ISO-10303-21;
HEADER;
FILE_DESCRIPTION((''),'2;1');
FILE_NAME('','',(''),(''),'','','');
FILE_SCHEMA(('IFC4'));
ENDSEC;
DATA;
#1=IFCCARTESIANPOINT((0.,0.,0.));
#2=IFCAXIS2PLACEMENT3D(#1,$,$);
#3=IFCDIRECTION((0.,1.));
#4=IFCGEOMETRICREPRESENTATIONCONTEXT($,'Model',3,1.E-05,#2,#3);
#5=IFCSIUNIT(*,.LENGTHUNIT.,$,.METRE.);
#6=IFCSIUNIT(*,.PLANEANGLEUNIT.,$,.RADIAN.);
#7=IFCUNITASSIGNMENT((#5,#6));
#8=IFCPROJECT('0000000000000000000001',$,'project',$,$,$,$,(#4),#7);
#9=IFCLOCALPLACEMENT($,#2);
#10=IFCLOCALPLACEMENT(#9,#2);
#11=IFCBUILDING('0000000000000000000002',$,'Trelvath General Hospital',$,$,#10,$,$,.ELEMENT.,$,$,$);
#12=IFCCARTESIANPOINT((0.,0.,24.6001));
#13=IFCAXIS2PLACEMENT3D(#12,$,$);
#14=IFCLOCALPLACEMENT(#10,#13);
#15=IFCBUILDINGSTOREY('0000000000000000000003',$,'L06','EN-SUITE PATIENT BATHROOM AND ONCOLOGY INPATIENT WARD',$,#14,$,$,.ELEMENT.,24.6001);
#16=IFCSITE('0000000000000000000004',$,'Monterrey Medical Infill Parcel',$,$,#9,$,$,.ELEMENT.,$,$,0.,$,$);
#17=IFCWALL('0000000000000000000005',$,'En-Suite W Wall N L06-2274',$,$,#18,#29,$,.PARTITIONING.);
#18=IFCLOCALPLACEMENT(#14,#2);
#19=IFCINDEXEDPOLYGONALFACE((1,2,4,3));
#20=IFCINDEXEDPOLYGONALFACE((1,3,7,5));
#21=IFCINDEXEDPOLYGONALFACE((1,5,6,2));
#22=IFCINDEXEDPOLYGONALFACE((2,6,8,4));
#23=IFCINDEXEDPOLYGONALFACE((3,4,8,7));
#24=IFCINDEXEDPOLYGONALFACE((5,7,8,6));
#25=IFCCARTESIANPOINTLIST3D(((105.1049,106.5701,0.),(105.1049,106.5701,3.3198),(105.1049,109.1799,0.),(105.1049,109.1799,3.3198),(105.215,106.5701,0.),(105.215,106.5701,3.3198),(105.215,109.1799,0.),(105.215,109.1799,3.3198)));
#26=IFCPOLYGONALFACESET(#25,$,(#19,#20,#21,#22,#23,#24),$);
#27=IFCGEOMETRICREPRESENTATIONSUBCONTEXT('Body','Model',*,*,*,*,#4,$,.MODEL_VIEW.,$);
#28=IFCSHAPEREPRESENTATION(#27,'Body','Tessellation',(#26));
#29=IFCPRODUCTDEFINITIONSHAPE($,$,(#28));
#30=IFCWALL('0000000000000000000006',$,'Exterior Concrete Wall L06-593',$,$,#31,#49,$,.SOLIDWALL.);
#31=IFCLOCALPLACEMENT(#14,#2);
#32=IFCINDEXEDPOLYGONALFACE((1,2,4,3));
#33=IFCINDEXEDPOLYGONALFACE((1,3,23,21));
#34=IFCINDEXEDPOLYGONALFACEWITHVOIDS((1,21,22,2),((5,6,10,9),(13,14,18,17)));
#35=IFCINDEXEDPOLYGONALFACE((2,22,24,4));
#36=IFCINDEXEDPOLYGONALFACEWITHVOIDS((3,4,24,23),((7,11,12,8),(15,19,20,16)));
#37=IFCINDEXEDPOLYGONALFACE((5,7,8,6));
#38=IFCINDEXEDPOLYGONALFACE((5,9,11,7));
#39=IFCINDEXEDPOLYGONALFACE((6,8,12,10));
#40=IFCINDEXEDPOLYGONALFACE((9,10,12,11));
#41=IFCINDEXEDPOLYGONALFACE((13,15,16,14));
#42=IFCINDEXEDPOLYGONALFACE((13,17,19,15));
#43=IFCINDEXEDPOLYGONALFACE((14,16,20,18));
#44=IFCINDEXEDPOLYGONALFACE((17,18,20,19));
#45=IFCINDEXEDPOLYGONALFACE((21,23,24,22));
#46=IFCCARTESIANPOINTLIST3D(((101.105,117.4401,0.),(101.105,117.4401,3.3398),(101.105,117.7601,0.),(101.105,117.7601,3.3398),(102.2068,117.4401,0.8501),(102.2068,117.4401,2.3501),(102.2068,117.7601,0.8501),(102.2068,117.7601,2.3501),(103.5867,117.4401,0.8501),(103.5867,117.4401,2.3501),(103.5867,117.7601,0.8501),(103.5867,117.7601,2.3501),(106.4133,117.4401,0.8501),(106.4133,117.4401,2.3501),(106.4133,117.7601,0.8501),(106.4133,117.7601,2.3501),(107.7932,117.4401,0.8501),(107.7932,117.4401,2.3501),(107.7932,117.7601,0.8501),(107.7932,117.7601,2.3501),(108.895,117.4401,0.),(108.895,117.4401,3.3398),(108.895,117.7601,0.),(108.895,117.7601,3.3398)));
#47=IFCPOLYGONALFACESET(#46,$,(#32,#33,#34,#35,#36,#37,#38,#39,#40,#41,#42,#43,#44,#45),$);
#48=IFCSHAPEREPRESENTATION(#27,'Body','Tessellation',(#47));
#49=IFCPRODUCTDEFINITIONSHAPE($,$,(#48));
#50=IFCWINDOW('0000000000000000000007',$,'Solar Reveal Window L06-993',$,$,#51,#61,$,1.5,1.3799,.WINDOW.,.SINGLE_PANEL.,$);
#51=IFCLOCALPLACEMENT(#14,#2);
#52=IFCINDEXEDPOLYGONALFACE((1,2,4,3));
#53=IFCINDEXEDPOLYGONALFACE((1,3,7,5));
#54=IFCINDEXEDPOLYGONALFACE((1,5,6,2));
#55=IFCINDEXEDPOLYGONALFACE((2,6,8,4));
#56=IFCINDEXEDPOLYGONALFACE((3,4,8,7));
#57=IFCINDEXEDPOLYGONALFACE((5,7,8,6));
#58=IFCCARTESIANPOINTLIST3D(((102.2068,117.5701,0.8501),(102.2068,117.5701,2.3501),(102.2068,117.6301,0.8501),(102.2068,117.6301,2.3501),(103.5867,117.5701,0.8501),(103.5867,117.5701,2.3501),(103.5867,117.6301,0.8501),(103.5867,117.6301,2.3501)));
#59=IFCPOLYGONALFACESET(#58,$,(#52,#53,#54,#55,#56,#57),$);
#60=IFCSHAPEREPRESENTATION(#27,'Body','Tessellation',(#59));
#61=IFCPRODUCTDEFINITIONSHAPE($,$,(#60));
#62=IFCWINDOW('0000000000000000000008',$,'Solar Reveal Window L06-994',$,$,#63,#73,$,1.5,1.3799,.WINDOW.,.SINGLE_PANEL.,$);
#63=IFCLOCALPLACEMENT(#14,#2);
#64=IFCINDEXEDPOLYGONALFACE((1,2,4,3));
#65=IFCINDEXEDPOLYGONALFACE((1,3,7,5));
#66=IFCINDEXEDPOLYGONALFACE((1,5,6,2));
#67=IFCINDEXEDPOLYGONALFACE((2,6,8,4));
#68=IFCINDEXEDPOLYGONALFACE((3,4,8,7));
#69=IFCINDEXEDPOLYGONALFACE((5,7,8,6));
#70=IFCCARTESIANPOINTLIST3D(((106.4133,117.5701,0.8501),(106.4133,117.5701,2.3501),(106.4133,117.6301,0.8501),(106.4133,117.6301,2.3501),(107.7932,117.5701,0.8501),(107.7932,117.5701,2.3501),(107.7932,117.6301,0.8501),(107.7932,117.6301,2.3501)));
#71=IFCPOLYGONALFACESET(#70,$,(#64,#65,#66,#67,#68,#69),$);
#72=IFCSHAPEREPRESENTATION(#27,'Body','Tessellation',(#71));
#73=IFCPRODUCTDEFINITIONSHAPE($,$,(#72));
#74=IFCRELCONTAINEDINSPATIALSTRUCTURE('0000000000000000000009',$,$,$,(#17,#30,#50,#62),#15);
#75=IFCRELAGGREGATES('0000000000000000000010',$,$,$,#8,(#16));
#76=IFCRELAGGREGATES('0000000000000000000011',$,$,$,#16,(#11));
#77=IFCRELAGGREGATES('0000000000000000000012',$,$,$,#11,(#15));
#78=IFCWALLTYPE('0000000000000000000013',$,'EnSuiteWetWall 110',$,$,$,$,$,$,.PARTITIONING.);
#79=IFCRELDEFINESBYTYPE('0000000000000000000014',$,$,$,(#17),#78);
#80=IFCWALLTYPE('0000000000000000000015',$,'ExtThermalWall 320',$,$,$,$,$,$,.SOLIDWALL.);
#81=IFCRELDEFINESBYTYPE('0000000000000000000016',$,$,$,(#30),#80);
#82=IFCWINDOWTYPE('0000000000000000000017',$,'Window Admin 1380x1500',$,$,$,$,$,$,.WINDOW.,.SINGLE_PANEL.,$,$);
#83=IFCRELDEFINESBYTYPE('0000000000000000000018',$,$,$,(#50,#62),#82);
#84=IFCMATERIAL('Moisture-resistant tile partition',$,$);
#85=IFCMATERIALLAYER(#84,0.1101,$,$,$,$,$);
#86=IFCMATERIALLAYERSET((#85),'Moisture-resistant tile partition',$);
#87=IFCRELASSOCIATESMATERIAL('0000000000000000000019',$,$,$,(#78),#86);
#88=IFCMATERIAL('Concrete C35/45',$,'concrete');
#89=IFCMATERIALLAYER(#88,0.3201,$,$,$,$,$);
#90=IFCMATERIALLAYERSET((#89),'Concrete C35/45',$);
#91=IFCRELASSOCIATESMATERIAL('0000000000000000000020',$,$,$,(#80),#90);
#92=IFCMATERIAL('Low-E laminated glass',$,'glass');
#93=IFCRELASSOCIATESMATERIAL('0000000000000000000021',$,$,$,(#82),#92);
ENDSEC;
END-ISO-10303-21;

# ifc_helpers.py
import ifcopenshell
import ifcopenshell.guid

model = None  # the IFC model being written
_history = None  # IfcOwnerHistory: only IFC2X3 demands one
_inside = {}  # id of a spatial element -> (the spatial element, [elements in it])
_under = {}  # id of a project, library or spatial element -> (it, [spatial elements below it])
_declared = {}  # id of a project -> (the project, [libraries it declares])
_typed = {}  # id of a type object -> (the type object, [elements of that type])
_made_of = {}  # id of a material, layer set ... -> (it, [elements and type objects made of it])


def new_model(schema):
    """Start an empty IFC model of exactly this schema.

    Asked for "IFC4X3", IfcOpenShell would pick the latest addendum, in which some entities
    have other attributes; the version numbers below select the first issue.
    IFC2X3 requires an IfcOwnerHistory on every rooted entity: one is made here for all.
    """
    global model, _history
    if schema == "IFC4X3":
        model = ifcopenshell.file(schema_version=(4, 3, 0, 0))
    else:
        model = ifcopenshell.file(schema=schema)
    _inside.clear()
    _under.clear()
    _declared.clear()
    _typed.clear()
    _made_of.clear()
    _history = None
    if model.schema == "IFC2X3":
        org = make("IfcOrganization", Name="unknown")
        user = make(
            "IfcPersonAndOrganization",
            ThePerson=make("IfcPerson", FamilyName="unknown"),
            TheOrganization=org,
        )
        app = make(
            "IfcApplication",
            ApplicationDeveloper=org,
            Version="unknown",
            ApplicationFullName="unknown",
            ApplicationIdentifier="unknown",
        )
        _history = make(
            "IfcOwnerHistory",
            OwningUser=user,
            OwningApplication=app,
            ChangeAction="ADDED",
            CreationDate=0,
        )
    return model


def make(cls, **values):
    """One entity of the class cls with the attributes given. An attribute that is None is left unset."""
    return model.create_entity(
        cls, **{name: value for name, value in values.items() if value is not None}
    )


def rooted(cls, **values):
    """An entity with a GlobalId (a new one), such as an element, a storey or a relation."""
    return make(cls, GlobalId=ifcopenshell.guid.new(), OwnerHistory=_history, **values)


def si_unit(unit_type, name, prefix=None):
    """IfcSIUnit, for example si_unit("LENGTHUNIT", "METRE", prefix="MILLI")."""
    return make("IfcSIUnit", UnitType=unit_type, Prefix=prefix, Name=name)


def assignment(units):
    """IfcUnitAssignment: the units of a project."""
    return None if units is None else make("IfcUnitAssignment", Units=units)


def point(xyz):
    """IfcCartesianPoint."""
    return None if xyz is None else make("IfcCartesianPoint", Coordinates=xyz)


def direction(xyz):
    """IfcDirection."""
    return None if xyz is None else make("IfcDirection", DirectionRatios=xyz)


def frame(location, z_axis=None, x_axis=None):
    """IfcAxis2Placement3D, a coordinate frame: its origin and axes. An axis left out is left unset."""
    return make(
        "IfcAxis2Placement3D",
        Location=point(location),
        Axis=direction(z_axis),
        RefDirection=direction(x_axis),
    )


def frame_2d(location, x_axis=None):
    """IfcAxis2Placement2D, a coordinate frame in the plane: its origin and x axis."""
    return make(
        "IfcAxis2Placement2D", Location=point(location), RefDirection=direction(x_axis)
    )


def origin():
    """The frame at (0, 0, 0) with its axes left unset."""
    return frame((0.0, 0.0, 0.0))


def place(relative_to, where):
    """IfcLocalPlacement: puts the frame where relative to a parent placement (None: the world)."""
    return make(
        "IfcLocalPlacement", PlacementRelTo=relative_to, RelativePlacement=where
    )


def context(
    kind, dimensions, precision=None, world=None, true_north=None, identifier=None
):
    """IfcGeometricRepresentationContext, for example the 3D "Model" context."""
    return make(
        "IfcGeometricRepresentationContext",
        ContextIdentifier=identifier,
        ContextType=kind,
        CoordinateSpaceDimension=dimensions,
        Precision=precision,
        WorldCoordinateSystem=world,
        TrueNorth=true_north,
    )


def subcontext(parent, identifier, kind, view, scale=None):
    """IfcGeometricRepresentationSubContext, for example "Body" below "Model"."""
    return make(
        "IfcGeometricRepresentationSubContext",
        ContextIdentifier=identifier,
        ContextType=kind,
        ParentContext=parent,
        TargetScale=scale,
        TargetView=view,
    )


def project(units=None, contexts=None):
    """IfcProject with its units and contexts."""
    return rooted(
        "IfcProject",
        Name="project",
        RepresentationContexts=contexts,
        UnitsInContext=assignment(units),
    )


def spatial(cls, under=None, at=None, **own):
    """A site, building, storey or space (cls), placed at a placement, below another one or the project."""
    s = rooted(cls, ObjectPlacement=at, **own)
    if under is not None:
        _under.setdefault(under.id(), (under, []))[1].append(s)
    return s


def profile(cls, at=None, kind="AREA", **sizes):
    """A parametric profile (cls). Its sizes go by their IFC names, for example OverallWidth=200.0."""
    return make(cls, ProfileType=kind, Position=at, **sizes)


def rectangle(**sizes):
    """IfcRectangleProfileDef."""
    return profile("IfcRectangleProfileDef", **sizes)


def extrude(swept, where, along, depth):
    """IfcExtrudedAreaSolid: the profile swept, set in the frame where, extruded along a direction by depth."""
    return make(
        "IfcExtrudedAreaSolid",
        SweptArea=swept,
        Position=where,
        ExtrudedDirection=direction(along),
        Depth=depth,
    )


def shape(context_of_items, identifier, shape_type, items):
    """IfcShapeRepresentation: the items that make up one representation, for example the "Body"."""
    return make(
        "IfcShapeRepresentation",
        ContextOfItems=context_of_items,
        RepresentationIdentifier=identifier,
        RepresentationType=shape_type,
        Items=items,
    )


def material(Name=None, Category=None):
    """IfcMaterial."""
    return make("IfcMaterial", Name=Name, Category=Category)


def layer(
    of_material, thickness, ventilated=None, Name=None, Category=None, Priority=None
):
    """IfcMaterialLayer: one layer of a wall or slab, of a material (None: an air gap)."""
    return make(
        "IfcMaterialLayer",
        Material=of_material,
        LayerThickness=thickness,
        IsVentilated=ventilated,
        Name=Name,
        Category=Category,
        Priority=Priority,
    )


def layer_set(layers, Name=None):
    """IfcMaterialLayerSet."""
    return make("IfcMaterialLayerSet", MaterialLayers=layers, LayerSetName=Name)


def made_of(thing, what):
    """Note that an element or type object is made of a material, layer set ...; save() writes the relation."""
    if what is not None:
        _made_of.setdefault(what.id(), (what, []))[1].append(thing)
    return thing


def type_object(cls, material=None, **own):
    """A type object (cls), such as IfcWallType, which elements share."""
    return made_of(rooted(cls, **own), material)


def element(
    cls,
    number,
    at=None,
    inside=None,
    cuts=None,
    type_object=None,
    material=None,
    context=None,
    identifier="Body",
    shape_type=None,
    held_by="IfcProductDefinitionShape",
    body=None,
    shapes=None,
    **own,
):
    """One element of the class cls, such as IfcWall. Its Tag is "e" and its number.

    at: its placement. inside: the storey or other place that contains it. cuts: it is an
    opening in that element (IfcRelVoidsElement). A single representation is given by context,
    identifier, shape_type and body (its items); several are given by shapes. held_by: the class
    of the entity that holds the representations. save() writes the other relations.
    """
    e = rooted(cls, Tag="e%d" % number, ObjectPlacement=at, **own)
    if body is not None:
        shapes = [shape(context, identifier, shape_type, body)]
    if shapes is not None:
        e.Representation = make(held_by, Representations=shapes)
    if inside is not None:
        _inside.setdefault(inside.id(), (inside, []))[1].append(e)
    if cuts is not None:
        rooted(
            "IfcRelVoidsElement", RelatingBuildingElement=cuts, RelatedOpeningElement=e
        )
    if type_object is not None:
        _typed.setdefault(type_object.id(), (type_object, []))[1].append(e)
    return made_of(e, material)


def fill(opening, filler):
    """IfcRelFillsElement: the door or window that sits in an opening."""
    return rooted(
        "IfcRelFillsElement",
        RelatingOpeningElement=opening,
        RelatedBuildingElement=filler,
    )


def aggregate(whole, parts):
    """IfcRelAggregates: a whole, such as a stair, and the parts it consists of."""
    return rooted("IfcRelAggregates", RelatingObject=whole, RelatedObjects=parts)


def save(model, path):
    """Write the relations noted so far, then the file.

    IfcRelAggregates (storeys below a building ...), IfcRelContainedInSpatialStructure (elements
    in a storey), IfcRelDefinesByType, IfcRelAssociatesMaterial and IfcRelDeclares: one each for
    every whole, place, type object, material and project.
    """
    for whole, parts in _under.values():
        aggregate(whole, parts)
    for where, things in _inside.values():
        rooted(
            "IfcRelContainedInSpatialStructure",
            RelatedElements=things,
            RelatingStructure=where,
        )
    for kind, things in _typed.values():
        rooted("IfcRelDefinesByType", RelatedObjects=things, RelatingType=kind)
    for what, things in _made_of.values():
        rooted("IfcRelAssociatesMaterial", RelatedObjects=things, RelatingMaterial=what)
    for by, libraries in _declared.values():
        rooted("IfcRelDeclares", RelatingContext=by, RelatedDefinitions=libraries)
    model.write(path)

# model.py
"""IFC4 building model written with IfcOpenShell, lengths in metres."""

from ifc_helpers import new_model, si_unit, direction, frame, frame_2d, origin, place, context, subcontext, project, spatial, rectangle, extrude, material, layer, layer_set, type_object, element, fill, save


model = new_model("IFC4")

# Units and contexts
model_context = context("Model", 3, precision=1e-05, world=origin(), true_north=direction((0.0, 1.0)))
body_context = subcontext(model_context, "Body", "Model", "MODEL_VIEW")
ifc_project = project(units=[si_unit("LENGTHUNIT", "METRE"), si_unit("PLANEANGLEUNIT", "RADIAN")], contexts=[model_context])

# Site, building, storey
site_placement = place(None, origin())
site = spatial("IfcSite", under=ifc_project, at=site_placement, Name="Monterrey Medical Infill Parcel", CompositionType="ELEMENT", RefElevation=0.0)
building_placement = place(site_placement, origin())
building = spatial("IfcBuilding", under=site, at=building_placement, Name="Trelvath General Hospital", CompositionType="ELEMENT")
storey_placement = place(building_placement, frame((0.0, 0.0, 24.6001)))
storey = spatial("IfcBuildingStorey", under=building, at=storey_placement, Name="L06", Description="EN-SUITE PATIENT BATHROOM AND ONCOLOGY INPATIENT WARD", CompositionType="ELEMENT", Elevation=24.6001)

# Shared definitions
ifc_material_1 = material(Name="Moisture-resistant tile partition")
ifc_layer_1 = layer(ifc_material_1, 0.1101)
ifc_layer_set_1 = layer_set([ifc_layer_1], Name="Moisture-resistant tile partition")
wall_type_1 = type_object("IfcWallType", Name="EnSuiteWetWall 110", PredefinedType="PARTITIONING", material=ifc_layer_set_1)

# Wall
wall_1_placement = place(storey_placement, frame((105.1599, 106.5701, 0.0), z_axis=(0.0, 0.0, 1.0), x_axis=(0.0, 1.0, 0.0)))
element("IfcWall", 1, at=wall_1_placement, inside=storey, type_object=wall_type_1, Name="En-Suite W Wall N L06-2274", PredefinedType="PARTITIONING", context=body_context, shape_type="SweptSolid", body=[
    extrude(rectangle(XDim=2.6099, YDim=0.1101, at=frame_2d((1.3049, 0.0))), origin(), (0.0, 0.0, 1.0), 3.3198),
])

# Wall, openings, windows
ifc_material_2 = material(Name="Concrete C35/45", Category="concrete")
ifc_layer_2 = layer(ifc_material_2, 0.3201)
ifc_layer_set_2 = layer_set([ifc_layer_2], Name="Concrete C35/45")
wall_type_2 = type_object("IfcWallType", Name="ExtThermalWall 320", PredefinedType="SOLIDWALL", material=ifc_layer_set_2)
wall_2_placement = place(storey_placement, frame((101.105, 117.6001, 0.0), z_axis=(0.0, 0.0, 1.0), x_axis=(1.0, 0.0, 0.0)))
wall_2 = element("IfcWall", 2, at=wall_2_placement, inside=storey, type_object=wall_type_2, Name="Exterior Concrete Wall L06-593", PredefinedType="SOLIDWALL", context=body_context, shape_type="SweptSolid", body=[
    extrude(rectangle(XDim=7.79, YDim=0.3201, at=frame_2d((3.895, 0.0))), origin(), (0.0, 0.0, 1.0), 3.3398),
])
opening_1_placement = place(wall_2_placement, frame((1.1018, 0.0, 0.8501)))
opening_1 = element("IfcOpeningElement", 3, at=opening_1_placement, cuts=wall_2, PredefinedType="OPENING", context=body_context, shape_type="SweptSolid", body=[
    extrude(rectangle(XDim=1.3799, YDim=1.5, at=frame_2d((0.6899, 0.75))), frame((0.0, 0.1699, 0.0), z_axis=(0.0, -1.0, 0.0), x_axis=(1.0, 0.0, 0.0)), (0.0, 0.0, 1.0), 0.3401),
])
opening_2_placement = place(wall_2_placement, frame((5.3083, 0.0, 0.8501)))
opening_2 = element("IfcOpeningElement", 4, at=opening_2_placement, cuts=wall_2, PredefinedType="OPENING", context=body_context, shape_type="SweptSolid", body=[
    extrude(rectangle(XDim=1.3799, YDim=1.5, at=frame_2d((0.6899, 0.75))), frame((0.0, 0.1699, 0.0), z_axis=(0.0, -1.0, 0.0), x_axis=(1.0, 0.0, 0.0)), (0.0, 0.0, 1.0), 0.3401),
])
ifc_material_3 = material(Name="Low-E laminated glass", Category="glass")
window_type = type_object("IfcWindowType", Name="Window Admin 1380x1500", PartitioningType="SINGLE_PANEL", PredefinedType="WINDOW", material=ifc_material_3)
window_1_placement = place(opening_1_placement, origin())
window_1 = element("IfcWindow", 5, at=window_1_placement, inside=storey, type_object=window_type, Name="Solar Reveal Window L06-993", OverallHeight=1.5, OverallWidth=1.3799, PartitioningType="SINGLE_PANEL", PredefinedType="WINDOW", context=body_context, shape_type="SweptSolid", body=[
    extrude(rectangle(XDim=1.3799, YDim=1.5, at=frame_2d((0.6899, 0.75))), frame((0.0, 0.03, 0.0), z_axis=(0.0, -1.0, 0.0), x_axis=(1.0, 0.0, 0.0)), (0.0, 0.0, 1.0), 0.0601),
])
fill(opening_1, window_1)
window_2_placement = place(opening_2_placement, origin())
window_2 = element("IfcWindow", 6, at=window_2_placement, inside=storey, type_object=window_type, Name="Solar Reveal Window L06-994", OverallHeight=1.5, OverallWidth=1.3799, PartitioningType="SINGLE_PANEL", PredefinedType="WINDOW", context=body_context, shape_type="SweptSolid", body=[
    extrude(rectangle(XDim=1.3799, YDim=1.5, at=frame_2d((0.6899, 0.75))), frame((0.0, 0.03, 0.0), z_axis=(0.0, -1.0, 0.0), x_axis=(1.0, 0.0, 0.0)), (0.0, 0.0, 1.0), 0.0601),
])
fill(opening_2, window_2)

save(model, "model.ifc")
